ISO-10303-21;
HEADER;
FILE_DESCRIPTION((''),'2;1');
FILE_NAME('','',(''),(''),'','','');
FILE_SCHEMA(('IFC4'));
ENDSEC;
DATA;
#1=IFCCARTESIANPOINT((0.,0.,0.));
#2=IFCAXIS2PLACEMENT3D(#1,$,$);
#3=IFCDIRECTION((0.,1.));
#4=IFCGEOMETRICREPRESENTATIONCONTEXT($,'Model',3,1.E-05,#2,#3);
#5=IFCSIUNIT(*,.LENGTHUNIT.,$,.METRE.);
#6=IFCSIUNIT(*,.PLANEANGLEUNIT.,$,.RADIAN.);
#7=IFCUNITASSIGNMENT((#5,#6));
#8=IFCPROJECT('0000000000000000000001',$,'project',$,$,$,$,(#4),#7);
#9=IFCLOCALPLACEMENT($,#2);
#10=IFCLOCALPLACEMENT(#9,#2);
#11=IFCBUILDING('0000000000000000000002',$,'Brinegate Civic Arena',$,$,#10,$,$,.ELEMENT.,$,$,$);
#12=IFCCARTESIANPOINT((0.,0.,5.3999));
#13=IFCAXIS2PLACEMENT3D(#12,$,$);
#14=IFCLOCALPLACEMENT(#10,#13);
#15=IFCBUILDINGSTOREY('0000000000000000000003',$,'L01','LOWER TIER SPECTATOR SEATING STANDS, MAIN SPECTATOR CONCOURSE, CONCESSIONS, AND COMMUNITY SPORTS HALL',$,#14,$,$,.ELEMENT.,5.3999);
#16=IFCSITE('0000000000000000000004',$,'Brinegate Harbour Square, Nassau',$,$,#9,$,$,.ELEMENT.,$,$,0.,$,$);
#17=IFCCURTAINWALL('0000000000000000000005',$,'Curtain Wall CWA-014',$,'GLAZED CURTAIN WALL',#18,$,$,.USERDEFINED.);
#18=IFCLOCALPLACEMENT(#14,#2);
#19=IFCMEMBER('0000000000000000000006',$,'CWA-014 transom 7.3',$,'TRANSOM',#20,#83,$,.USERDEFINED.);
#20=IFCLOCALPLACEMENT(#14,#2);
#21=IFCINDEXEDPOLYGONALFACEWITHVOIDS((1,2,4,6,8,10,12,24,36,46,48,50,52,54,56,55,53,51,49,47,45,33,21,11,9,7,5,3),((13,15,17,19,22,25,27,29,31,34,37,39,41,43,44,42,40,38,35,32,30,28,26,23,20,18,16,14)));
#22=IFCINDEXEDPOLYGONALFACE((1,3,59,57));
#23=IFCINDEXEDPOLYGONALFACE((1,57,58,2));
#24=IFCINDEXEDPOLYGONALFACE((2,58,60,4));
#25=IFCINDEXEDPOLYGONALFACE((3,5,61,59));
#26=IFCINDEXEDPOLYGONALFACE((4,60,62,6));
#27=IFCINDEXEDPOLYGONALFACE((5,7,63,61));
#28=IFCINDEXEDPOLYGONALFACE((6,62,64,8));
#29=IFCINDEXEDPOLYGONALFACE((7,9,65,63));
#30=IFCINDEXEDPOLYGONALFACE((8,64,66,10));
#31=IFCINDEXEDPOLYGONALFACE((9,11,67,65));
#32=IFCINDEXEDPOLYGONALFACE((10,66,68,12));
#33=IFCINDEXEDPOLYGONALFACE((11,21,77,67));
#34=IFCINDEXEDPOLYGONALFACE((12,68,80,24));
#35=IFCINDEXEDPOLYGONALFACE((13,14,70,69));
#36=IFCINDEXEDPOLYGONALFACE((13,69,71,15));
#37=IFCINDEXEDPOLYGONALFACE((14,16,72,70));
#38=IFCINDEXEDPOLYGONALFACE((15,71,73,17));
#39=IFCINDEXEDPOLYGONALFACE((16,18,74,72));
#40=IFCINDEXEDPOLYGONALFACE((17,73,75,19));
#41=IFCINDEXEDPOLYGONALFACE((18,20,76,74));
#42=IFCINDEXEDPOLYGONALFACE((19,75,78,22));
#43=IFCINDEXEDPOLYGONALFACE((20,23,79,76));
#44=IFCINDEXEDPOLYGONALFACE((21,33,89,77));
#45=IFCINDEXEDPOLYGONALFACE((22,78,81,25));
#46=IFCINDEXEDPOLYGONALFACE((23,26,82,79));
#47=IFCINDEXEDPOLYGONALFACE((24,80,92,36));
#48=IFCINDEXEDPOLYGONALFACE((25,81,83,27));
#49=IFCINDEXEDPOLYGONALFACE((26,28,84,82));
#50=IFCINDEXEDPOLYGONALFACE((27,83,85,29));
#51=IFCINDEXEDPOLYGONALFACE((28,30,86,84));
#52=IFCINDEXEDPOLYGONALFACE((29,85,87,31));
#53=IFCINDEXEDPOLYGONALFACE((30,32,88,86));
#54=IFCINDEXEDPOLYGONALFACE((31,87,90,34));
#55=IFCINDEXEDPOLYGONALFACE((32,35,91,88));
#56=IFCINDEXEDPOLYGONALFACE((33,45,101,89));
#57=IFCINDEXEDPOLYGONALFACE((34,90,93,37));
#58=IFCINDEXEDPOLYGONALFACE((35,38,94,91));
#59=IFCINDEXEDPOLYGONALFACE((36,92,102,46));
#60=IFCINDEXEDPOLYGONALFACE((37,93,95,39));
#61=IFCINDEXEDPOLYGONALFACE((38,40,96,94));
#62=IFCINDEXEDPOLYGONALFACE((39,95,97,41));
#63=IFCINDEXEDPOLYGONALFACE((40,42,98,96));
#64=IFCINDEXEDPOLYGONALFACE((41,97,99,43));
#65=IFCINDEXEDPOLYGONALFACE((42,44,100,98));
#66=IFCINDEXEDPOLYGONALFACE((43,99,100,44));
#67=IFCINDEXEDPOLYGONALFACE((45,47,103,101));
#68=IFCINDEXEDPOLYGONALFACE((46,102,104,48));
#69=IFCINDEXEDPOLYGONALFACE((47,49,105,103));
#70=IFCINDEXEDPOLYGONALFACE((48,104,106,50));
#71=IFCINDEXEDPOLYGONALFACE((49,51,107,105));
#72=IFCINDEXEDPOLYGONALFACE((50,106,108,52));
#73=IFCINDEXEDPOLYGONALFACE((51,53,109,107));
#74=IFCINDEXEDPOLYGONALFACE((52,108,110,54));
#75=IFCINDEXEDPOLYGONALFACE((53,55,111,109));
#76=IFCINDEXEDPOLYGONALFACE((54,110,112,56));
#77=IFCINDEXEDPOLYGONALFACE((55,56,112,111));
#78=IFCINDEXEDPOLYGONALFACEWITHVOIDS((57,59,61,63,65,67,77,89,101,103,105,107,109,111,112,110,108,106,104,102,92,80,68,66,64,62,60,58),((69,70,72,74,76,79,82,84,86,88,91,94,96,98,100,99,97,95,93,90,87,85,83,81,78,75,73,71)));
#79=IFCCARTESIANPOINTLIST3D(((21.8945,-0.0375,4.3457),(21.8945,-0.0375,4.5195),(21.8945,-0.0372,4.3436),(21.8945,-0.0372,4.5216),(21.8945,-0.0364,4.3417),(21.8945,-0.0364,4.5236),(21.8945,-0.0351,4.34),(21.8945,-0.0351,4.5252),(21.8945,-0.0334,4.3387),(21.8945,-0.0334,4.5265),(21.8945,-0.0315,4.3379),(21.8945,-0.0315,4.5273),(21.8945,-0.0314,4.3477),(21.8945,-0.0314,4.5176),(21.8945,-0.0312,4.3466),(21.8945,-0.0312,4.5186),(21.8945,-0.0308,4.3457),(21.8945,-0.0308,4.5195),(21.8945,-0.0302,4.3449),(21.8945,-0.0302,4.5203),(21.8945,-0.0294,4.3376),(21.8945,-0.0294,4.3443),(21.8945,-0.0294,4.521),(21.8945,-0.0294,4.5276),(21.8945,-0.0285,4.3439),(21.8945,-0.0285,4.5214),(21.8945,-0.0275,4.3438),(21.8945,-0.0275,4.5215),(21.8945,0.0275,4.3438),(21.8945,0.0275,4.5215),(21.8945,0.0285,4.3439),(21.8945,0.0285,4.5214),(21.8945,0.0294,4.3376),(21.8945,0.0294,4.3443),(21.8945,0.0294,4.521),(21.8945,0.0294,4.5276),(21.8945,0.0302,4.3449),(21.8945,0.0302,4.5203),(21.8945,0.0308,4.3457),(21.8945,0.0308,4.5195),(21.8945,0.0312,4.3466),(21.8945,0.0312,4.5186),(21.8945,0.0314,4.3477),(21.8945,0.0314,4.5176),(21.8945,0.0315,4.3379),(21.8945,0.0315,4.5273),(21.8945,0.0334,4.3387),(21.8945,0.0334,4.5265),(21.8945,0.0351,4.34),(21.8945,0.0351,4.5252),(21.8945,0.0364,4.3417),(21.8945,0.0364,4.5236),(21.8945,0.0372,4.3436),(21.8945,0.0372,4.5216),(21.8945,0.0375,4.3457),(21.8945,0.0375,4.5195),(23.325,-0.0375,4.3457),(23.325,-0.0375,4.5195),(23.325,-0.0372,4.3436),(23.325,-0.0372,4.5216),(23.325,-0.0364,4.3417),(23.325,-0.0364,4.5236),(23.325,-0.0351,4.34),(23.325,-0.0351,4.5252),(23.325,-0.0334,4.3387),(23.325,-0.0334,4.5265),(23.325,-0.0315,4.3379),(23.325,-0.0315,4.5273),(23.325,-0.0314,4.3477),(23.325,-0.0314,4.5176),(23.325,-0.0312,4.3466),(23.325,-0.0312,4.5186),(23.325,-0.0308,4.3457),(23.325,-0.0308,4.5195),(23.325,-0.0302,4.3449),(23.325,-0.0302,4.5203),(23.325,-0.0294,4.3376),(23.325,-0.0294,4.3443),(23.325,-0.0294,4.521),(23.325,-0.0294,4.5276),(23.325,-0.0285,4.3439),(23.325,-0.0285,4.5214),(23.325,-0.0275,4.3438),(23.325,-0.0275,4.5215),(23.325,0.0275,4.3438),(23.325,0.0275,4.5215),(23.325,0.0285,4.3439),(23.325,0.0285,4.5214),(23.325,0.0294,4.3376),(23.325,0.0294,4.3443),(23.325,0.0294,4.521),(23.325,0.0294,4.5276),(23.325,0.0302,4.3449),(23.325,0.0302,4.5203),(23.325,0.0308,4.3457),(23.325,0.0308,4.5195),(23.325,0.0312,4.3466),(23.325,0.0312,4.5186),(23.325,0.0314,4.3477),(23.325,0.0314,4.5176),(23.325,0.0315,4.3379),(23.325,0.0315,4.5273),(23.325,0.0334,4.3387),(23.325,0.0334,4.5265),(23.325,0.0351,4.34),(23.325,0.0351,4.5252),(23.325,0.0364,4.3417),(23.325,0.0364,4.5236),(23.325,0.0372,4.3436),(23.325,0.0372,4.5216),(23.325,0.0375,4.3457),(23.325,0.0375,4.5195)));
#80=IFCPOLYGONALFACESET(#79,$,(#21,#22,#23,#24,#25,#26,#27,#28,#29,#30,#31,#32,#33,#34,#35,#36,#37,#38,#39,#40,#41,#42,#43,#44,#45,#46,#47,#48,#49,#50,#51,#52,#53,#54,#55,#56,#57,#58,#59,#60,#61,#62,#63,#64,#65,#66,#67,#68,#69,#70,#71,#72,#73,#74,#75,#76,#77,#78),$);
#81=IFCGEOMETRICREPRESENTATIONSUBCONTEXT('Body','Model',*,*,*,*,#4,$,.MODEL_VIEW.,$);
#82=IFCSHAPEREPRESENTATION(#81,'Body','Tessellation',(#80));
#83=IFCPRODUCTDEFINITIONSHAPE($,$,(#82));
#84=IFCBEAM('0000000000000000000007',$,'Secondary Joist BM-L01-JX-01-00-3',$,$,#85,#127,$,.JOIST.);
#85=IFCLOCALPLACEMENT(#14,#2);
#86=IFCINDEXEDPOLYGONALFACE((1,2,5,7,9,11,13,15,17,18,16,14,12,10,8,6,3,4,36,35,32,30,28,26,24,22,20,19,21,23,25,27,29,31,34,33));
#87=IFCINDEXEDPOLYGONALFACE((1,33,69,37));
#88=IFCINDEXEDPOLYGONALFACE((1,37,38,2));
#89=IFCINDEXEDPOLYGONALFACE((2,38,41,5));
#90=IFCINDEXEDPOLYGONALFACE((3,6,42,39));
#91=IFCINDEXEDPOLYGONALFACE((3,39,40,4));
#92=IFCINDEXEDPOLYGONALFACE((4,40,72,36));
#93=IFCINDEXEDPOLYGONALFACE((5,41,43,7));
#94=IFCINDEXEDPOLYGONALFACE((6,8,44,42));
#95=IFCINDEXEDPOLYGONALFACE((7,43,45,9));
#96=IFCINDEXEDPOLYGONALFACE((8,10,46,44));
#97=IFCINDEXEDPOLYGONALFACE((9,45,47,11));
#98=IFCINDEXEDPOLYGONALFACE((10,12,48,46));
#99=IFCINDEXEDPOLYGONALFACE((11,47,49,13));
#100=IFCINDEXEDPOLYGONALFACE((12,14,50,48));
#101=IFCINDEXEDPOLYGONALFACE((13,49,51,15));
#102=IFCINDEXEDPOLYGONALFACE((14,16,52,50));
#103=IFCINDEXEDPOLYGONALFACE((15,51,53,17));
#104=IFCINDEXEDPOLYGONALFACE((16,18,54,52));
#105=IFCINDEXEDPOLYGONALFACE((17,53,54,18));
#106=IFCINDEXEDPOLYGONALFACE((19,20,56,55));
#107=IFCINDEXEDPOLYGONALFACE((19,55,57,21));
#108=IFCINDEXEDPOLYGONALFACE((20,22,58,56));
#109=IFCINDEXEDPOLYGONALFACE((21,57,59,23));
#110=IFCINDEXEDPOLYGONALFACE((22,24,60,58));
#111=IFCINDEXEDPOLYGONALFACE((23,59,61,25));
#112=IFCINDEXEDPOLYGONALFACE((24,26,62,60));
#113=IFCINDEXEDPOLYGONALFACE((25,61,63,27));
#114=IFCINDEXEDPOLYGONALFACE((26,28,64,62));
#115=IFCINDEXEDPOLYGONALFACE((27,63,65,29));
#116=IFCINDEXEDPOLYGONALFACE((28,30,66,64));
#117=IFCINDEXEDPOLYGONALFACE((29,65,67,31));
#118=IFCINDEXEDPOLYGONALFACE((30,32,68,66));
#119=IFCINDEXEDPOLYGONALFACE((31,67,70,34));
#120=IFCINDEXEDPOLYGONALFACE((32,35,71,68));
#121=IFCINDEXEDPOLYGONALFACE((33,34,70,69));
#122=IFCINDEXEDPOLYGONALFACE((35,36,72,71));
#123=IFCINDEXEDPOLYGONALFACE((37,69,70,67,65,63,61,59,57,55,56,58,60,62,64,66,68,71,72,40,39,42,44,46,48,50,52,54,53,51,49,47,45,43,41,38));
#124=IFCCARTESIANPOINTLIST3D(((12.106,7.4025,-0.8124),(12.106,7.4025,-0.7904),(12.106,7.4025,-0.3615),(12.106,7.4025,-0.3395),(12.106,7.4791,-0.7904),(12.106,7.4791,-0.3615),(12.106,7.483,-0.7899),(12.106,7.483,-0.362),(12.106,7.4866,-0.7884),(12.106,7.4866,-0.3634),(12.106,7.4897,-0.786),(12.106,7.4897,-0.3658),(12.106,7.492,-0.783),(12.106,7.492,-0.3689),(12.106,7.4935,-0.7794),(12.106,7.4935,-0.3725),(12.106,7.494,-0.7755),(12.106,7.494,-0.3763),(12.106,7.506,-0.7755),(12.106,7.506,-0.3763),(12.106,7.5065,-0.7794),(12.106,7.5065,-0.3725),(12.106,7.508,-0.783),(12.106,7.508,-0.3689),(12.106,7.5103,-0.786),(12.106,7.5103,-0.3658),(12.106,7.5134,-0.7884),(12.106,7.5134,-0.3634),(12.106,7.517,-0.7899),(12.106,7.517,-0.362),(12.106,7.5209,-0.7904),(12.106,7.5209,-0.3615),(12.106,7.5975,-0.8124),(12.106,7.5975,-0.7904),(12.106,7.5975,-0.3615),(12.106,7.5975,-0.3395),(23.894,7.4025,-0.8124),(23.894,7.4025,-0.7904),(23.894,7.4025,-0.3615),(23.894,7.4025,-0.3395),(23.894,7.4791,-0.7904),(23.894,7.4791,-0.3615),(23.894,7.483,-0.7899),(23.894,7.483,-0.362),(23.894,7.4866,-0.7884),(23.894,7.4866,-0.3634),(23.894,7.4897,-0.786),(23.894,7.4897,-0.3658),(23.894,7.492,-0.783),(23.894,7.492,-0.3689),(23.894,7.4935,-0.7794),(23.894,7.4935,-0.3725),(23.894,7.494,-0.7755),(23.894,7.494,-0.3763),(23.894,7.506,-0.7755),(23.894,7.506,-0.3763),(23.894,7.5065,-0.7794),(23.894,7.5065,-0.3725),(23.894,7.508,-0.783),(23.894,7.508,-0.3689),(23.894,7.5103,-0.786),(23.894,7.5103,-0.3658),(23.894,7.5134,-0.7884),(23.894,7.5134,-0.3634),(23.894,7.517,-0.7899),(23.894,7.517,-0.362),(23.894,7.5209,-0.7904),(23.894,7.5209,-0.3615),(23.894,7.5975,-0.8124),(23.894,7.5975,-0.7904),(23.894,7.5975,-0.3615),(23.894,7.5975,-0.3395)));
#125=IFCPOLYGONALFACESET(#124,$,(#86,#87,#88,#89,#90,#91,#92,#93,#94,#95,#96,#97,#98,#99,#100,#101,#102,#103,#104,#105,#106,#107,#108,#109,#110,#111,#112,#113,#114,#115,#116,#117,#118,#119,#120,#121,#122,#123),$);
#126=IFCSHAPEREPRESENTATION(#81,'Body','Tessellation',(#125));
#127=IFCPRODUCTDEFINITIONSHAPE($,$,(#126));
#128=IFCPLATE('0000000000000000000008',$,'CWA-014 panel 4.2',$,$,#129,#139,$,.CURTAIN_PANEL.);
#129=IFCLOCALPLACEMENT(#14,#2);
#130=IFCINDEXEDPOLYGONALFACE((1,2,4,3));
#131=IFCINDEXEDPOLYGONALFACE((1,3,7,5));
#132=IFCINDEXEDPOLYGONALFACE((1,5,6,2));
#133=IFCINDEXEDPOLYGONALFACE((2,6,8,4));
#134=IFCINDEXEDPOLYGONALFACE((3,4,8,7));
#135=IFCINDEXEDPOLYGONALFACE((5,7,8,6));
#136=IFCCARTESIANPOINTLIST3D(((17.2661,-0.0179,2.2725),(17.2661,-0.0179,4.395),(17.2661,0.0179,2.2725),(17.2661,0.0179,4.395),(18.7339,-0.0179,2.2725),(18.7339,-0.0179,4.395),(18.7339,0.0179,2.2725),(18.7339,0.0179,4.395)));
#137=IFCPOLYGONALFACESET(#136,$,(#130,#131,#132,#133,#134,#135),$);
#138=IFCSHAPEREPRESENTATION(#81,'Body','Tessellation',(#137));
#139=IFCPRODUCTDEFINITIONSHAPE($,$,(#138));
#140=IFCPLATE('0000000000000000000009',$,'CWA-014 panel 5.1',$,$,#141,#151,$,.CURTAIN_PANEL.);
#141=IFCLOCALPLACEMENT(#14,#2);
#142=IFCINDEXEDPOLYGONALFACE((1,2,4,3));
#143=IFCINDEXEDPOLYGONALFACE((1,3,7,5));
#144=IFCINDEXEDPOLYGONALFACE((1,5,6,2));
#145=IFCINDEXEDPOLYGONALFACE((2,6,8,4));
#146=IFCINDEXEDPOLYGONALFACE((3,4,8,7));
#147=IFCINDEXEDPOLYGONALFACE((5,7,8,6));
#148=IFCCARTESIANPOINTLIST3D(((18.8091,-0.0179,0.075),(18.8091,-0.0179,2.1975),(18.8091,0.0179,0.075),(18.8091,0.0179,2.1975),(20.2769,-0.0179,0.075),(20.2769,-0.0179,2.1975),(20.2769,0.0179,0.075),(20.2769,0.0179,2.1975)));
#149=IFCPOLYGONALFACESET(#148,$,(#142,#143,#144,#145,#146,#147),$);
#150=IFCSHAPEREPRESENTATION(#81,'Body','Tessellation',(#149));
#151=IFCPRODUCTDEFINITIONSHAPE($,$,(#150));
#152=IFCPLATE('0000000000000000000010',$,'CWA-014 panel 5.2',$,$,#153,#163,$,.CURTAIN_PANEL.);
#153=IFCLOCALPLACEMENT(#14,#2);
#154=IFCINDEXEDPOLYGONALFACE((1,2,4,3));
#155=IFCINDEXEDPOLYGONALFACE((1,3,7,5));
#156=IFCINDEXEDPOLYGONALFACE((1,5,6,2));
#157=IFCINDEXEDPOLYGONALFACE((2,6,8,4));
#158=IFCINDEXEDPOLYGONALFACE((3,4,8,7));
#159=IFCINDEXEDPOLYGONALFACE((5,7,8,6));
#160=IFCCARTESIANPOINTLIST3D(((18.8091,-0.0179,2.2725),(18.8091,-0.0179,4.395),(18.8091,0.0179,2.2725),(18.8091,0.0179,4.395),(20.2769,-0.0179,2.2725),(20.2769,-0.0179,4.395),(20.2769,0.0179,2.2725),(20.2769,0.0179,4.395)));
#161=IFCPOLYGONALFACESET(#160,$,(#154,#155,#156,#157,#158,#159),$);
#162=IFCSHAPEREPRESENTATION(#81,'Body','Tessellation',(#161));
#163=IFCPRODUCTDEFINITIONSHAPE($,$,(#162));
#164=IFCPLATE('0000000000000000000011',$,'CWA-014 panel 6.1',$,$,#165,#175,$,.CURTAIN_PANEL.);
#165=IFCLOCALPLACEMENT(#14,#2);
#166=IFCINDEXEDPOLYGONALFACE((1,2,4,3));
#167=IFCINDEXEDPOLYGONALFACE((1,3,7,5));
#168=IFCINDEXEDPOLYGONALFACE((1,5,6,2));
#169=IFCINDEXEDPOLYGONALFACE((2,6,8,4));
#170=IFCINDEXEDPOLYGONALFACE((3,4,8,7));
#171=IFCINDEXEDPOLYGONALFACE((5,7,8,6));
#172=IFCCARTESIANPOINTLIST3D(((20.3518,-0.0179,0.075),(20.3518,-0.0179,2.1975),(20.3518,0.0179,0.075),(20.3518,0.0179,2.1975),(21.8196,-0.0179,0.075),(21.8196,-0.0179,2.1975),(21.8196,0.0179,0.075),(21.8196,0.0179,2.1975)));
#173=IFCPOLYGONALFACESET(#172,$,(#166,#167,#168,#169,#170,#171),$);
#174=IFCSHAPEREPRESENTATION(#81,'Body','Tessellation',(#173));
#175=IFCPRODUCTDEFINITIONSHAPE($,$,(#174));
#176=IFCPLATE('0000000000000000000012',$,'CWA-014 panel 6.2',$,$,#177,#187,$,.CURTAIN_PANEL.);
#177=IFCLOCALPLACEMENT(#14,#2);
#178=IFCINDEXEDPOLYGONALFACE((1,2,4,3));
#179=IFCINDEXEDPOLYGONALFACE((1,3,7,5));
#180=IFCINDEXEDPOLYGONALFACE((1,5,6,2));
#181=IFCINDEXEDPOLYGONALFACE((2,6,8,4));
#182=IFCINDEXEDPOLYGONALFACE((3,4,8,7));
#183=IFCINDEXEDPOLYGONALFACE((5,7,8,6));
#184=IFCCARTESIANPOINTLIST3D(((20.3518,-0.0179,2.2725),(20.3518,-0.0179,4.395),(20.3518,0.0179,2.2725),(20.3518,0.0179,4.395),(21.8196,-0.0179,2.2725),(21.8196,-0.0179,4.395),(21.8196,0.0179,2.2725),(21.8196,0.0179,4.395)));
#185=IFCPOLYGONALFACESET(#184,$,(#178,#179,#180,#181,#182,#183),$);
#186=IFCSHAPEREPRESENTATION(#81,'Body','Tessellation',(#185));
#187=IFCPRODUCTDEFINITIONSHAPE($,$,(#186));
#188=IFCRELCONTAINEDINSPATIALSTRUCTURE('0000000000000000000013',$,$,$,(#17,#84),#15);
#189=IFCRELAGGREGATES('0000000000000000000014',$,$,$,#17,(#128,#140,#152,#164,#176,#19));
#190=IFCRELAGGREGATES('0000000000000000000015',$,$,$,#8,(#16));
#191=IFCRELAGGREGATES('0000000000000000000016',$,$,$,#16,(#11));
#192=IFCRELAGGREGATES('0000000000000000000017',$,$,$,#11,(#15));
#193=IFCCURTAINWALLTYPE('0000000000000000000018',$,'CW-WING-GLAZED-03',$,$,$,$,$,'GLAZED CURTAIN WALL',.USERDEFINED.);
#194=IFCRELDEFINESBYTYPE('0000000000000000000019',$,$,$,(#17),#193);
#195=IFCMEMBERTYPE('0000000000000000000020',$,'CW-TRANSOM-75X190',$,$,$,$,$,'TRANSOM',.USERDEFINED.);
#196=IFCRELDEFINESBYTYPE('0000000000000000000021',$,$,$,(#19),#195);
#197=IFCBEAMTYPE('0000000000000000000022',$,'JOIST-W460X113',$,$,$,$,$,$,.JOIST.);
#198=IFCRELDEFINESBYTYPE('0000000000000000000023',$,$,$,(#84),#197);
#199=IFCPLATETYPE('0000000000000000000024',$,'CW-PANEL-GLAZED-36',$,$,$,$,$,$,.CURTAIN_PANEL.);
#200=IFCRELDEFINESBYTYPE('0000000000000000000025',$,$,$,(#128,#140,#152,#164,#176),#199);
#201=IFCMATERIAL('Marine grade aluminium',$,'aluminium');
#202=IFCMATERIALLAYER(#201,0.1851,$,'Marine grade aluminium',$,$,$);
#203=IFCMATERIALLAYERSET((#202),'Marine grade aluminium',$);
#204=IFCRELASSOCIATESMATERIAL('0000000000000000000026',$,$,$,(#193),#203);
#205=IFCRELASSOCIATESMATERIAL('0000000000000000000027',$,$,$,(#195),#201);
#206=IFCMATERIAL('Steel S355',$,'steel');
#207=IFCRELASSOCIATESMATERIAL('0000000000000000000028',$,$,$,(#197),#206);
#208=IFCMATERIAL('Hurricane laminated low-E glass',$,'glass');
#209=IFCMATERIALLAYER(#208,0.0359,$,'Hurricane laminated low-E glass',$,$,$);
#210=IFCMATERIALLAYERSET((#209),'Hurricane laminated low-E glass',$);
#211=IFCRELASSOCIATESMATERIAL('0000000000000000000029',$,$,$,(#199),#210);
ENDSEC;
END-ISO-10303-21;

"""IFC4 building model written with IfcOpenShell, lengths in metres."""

from ifc_helpers import new_model, si_unit, direction, frame, origin, origin_2d, place, context, subcontext, project, spatial, rectangle, hollow_rectangle, i_section, extrude, material, layer, layer_set, material_profile, profile_set, type_object, element, aggregate, save


model = new_model("IFC4")

# Units and contexts
model_context = context("Model", 3, precision=1e-05, world=origin(), true_north=direction((0.0, 1.0)))
body_context = subcontext(model_context, "Body", "Model", "MODEL_VIEW")
ifc_project = project(units=[si_unit("LENGTHUNIT", "METRE"), si_unit("PLANEANGLEUNIT", "RADIAN")], contexts=[model_context])

# Site, building, storey
site_placement = place(None, origin())
site = spatial("IfcSite", under=ifc_project, at=site_placement, Name="Brinegate Harbour Square, Nassau", CompositionType="ELEMENT", RefElevation=0.0)
building_placement = place(site_placement, origin())
building = spatial("IfcBuilding", under=site, at=building_placement, Name="Brinegate Civic Arena", CompositionType="ELEMENT")
storey_placement = place(building_placement, frame((0.0, 0.0, 5.3999)))
storey = spatial("IfcBuildingStorey", under=building, at=storey_placement, Name="L01", Description="LOWER TIER SPECTATOR SEATING STANDS, MAIN SPECTATOR CONCOURSE, CONCESSIONS, AND COMMUNITY SPORTS HALL", CompositionType="ELEMENT", Elevation=5.3999)

# Curtain wall, member
ifc_material_1 = material(Name="Marine grade aluminium", Category="aluminium")
ifc_layer_1 = layer(ifc_material_1, 0.1851, Name="Marine grade aluminium")
ifc_layer_set_1 = layer_set([ifc_layer_1], Name="Marine grade aluminium")
curtain_wall_type = type_object("IfcCurtainWallType", Name="CW-WING-GLAZED-03", ElementType="GLAZED CURTAIN WALL", PredefinedType="USERDEFINED", material=ifc_layer_set_1)
curtain_wall_placement = place(storey_placement, origin())
curtain_wall = element("IfcCurtainWall", 1, at=curtain_wall_placement, inside=storey, type_object=curtain_wall_type, Name="Curtain Wall CWA-014", ObjectType="GLAZED CURTAIN WALL", PredefinedType="USERDEFINED")
ifc_material_profile_1 = material_profile(ifc_material_1, hollow_rectangle(XDim=0.075, YDim=0.1899, WallThickness=0.0061, InnerFilletRadius=0.0039, OuterFilletRadius=0.0081, at=origin_2d()), Name="TRN75X190")
ifc_profile_set_1 = profile_set([ifc_material_profile_1], Name="Marine grade aluminium")
member_type_1 = type_object("IfcMemberType", Name="CW-TRANSOM-75X190", ElementType="TRANSOM", PredefinedType="USERDEFINED", material=ifc_profile_set_1)
member_1_placement = place(storey_placement, frame((21.8945, 0.0, 4.4326), z_axis=(1.0, 0.0, 0.0), x_axis=(0.0, 1.0, 0.0)))
member_1 = element("IfcMember", 2, at=member_1_placement, type_object=member_type_1, Name="CWA-014 transom 7.3", ObjectType="TRANSOM", PredefinedType="USERDEFINED", context=body_context, shape_type="SweptSolid", body=[
    extrude(hollow_rectangle(XDim=0.075, YDim=0.1899, WallThickness=0.0061, InnerFilletRadius=0.0039, OuterFilletRadius=0.0081, at=origin_2d()), origin(), (0.0, 0.0, 1.0), 1.4304),
])

# Beam
ifc_material_2 = material(Name="Steel S355", Category="steel")
ifc_material_profile_2 = material_profile(ifc_material_2, i_section(OverallWidth=0.1951, OverallDepth=0.4729, WebThickness=0.012, FlangeThickness=0.022, FilletRadius=0.0149, at=origin_2d()), Name="W460X113")
ifc_profile_set_2 = profile_set([ifc_material_profile_2], Name="Steel S355")
beam_type = type_object("IfcBeamType", Name="JOIST-W460X113", PredefinedType="JOIST", material=ifc_profile_set_2)
beam_placement = place(storey_placement, frame((12.106, 7.5, -0.5759), z_axis=(1.0, 0.0, 0.0), x_axis=(0.0, 1.0, 0.0)))
element("IfcBeam", 3, at=beam_placement, inside=storey, type_object=beam_type, Name="Secondary Joist BM-L01-JX-01-00-3", PredefinedType="JOIST", context=body_context, shape_type="SweptSolid", body=[
    extrude(i_section(OverallWidth=0.1951, OverallDepth=0.4729, WebThickness=0.012, FlangeThickness=0.022, FilletRadius=0.0149, at=origin_2d()), origin(), (0.0, 0.0, 1.0), 11.7881),
])

# Plates
ifc_material_3 = material(Name="Hurricane laminated low-E glass", Category="glass")
ifc_layer_2 = layer(ifc_material_3, 0.0359, Name="Hurricane laminated low-E glass")
ifc_layer_set_2 = layer_set([ifc_layer_2], Name="Hurricane laminated low-E glass")
plate_type = type_object("IfcPlateType", Name="CW-PANEL-GLAZED-36", PredefinedType="CURTAIN_PANEL", material=ifc_layer_set_2)
plate_1_placement = place(storey_placement, frame((18.0, 0.0, 2.2725), z_axis=(0.0, 0.0, 1.0), x_axis=(1.0, 0.0, 0.0)))
plate_1 = element("IfcPlate", 4, at=plate_1_placement, type_object=plate_type, Name="CWA-014 panel 4.2", PredefinedType="CURTAIN_PANEL", context=body_context, shape_type="SweptSolid", body=[
    extrude(rectangle(XDim=1.4678, YDim=0.0359, at=origin_2d()), origin(), (0.0, 0.0, 1.0), 2.1226),
])
plate_2_placement = place(storey_placement, frame((19.543, 0.0, 0.075), z_axis=(0.0, 0.0, 1.0), x_axis=(1.0, 0.0, 0.0)))
plate_2 = element("IfcPlate", 5, at=plate_2_placement, type_object=plate_type, Name="CWA-014 panel 5.1", PredefinedType="CURTAIN_PANEL", context=body_context, shape_type="SweptSolid", body=[
    extrude(rectangle(XDim=1.4678, YDim=0.0359, at=origin_2d()), origin(), (0.0, 0.0, 1.0), 2.1226),
])
plate_3_placement = place(storey_placement, frame((19.543, 0.0, 2.2725), z_axis=(0.0, 0.0, 1.0), x_axis=(1.0, 0.0, 0.0)))
plate_3 = element("IfcPlate", 6, at=plate_3_placement, type_object=plate_type, Name="CWA-014 panel 5.2", PredefinedType="CURTAIN_PANEL", context=body_context, shape_type="SweptSolid", body=[
    extrude(rectangle(XDim=1.4678, YDim=0.0359, at=origin_2d()), origin(), (0.0, 0.0, 1.0), 2.1226),
])
plate_4_placement = place(storey_placement, frame((21.0857, 0.0, 0.075), z_axis=(0.0, 0.0, 1.0), x_axis=(1.0, 0.0, 0.0)))
plate_4 = element("IfcPlate", 7, at=plate_4_placement, type_object=plate_type, Name="CWA-014 panel 6.1", PredefinedType="CURTAIN_PANEL", context=body_context, shape_type="SweptSolid", body=[
    extrude(rectangle(XDim=1.4678, YDim=0.0359, at=origin_2d()), origin(), (0.0, 0.0, 1.0), 2.1226),
])
plate_5_placement = place(storey_placement, frame((21.0857, 0.0, 2.2725), z_axis=(0.0, 0.0, 1.0), x_axis=(1.0, 0.0, 0.0)))
plate_5 = element("IfcPlate", 8, at=plate_5_placement, type_object=plate_type, Name="CWA-014 panel 6.2", PredefinedType="CURTAIN_PANEL", context=body_context, shape_type="SweptSolid", body=[
    extrude(rectangle(XDim=1.4678, YDim=0.0359, at=origin_2d()), origin(), (0.0, 0.0, 1.0), 2.1226),
])
aggregate(curtain_wall, [plate_1, plate_2, plate_3, plate_4, plate_5, member_1])

save(model, "model.ifc")
